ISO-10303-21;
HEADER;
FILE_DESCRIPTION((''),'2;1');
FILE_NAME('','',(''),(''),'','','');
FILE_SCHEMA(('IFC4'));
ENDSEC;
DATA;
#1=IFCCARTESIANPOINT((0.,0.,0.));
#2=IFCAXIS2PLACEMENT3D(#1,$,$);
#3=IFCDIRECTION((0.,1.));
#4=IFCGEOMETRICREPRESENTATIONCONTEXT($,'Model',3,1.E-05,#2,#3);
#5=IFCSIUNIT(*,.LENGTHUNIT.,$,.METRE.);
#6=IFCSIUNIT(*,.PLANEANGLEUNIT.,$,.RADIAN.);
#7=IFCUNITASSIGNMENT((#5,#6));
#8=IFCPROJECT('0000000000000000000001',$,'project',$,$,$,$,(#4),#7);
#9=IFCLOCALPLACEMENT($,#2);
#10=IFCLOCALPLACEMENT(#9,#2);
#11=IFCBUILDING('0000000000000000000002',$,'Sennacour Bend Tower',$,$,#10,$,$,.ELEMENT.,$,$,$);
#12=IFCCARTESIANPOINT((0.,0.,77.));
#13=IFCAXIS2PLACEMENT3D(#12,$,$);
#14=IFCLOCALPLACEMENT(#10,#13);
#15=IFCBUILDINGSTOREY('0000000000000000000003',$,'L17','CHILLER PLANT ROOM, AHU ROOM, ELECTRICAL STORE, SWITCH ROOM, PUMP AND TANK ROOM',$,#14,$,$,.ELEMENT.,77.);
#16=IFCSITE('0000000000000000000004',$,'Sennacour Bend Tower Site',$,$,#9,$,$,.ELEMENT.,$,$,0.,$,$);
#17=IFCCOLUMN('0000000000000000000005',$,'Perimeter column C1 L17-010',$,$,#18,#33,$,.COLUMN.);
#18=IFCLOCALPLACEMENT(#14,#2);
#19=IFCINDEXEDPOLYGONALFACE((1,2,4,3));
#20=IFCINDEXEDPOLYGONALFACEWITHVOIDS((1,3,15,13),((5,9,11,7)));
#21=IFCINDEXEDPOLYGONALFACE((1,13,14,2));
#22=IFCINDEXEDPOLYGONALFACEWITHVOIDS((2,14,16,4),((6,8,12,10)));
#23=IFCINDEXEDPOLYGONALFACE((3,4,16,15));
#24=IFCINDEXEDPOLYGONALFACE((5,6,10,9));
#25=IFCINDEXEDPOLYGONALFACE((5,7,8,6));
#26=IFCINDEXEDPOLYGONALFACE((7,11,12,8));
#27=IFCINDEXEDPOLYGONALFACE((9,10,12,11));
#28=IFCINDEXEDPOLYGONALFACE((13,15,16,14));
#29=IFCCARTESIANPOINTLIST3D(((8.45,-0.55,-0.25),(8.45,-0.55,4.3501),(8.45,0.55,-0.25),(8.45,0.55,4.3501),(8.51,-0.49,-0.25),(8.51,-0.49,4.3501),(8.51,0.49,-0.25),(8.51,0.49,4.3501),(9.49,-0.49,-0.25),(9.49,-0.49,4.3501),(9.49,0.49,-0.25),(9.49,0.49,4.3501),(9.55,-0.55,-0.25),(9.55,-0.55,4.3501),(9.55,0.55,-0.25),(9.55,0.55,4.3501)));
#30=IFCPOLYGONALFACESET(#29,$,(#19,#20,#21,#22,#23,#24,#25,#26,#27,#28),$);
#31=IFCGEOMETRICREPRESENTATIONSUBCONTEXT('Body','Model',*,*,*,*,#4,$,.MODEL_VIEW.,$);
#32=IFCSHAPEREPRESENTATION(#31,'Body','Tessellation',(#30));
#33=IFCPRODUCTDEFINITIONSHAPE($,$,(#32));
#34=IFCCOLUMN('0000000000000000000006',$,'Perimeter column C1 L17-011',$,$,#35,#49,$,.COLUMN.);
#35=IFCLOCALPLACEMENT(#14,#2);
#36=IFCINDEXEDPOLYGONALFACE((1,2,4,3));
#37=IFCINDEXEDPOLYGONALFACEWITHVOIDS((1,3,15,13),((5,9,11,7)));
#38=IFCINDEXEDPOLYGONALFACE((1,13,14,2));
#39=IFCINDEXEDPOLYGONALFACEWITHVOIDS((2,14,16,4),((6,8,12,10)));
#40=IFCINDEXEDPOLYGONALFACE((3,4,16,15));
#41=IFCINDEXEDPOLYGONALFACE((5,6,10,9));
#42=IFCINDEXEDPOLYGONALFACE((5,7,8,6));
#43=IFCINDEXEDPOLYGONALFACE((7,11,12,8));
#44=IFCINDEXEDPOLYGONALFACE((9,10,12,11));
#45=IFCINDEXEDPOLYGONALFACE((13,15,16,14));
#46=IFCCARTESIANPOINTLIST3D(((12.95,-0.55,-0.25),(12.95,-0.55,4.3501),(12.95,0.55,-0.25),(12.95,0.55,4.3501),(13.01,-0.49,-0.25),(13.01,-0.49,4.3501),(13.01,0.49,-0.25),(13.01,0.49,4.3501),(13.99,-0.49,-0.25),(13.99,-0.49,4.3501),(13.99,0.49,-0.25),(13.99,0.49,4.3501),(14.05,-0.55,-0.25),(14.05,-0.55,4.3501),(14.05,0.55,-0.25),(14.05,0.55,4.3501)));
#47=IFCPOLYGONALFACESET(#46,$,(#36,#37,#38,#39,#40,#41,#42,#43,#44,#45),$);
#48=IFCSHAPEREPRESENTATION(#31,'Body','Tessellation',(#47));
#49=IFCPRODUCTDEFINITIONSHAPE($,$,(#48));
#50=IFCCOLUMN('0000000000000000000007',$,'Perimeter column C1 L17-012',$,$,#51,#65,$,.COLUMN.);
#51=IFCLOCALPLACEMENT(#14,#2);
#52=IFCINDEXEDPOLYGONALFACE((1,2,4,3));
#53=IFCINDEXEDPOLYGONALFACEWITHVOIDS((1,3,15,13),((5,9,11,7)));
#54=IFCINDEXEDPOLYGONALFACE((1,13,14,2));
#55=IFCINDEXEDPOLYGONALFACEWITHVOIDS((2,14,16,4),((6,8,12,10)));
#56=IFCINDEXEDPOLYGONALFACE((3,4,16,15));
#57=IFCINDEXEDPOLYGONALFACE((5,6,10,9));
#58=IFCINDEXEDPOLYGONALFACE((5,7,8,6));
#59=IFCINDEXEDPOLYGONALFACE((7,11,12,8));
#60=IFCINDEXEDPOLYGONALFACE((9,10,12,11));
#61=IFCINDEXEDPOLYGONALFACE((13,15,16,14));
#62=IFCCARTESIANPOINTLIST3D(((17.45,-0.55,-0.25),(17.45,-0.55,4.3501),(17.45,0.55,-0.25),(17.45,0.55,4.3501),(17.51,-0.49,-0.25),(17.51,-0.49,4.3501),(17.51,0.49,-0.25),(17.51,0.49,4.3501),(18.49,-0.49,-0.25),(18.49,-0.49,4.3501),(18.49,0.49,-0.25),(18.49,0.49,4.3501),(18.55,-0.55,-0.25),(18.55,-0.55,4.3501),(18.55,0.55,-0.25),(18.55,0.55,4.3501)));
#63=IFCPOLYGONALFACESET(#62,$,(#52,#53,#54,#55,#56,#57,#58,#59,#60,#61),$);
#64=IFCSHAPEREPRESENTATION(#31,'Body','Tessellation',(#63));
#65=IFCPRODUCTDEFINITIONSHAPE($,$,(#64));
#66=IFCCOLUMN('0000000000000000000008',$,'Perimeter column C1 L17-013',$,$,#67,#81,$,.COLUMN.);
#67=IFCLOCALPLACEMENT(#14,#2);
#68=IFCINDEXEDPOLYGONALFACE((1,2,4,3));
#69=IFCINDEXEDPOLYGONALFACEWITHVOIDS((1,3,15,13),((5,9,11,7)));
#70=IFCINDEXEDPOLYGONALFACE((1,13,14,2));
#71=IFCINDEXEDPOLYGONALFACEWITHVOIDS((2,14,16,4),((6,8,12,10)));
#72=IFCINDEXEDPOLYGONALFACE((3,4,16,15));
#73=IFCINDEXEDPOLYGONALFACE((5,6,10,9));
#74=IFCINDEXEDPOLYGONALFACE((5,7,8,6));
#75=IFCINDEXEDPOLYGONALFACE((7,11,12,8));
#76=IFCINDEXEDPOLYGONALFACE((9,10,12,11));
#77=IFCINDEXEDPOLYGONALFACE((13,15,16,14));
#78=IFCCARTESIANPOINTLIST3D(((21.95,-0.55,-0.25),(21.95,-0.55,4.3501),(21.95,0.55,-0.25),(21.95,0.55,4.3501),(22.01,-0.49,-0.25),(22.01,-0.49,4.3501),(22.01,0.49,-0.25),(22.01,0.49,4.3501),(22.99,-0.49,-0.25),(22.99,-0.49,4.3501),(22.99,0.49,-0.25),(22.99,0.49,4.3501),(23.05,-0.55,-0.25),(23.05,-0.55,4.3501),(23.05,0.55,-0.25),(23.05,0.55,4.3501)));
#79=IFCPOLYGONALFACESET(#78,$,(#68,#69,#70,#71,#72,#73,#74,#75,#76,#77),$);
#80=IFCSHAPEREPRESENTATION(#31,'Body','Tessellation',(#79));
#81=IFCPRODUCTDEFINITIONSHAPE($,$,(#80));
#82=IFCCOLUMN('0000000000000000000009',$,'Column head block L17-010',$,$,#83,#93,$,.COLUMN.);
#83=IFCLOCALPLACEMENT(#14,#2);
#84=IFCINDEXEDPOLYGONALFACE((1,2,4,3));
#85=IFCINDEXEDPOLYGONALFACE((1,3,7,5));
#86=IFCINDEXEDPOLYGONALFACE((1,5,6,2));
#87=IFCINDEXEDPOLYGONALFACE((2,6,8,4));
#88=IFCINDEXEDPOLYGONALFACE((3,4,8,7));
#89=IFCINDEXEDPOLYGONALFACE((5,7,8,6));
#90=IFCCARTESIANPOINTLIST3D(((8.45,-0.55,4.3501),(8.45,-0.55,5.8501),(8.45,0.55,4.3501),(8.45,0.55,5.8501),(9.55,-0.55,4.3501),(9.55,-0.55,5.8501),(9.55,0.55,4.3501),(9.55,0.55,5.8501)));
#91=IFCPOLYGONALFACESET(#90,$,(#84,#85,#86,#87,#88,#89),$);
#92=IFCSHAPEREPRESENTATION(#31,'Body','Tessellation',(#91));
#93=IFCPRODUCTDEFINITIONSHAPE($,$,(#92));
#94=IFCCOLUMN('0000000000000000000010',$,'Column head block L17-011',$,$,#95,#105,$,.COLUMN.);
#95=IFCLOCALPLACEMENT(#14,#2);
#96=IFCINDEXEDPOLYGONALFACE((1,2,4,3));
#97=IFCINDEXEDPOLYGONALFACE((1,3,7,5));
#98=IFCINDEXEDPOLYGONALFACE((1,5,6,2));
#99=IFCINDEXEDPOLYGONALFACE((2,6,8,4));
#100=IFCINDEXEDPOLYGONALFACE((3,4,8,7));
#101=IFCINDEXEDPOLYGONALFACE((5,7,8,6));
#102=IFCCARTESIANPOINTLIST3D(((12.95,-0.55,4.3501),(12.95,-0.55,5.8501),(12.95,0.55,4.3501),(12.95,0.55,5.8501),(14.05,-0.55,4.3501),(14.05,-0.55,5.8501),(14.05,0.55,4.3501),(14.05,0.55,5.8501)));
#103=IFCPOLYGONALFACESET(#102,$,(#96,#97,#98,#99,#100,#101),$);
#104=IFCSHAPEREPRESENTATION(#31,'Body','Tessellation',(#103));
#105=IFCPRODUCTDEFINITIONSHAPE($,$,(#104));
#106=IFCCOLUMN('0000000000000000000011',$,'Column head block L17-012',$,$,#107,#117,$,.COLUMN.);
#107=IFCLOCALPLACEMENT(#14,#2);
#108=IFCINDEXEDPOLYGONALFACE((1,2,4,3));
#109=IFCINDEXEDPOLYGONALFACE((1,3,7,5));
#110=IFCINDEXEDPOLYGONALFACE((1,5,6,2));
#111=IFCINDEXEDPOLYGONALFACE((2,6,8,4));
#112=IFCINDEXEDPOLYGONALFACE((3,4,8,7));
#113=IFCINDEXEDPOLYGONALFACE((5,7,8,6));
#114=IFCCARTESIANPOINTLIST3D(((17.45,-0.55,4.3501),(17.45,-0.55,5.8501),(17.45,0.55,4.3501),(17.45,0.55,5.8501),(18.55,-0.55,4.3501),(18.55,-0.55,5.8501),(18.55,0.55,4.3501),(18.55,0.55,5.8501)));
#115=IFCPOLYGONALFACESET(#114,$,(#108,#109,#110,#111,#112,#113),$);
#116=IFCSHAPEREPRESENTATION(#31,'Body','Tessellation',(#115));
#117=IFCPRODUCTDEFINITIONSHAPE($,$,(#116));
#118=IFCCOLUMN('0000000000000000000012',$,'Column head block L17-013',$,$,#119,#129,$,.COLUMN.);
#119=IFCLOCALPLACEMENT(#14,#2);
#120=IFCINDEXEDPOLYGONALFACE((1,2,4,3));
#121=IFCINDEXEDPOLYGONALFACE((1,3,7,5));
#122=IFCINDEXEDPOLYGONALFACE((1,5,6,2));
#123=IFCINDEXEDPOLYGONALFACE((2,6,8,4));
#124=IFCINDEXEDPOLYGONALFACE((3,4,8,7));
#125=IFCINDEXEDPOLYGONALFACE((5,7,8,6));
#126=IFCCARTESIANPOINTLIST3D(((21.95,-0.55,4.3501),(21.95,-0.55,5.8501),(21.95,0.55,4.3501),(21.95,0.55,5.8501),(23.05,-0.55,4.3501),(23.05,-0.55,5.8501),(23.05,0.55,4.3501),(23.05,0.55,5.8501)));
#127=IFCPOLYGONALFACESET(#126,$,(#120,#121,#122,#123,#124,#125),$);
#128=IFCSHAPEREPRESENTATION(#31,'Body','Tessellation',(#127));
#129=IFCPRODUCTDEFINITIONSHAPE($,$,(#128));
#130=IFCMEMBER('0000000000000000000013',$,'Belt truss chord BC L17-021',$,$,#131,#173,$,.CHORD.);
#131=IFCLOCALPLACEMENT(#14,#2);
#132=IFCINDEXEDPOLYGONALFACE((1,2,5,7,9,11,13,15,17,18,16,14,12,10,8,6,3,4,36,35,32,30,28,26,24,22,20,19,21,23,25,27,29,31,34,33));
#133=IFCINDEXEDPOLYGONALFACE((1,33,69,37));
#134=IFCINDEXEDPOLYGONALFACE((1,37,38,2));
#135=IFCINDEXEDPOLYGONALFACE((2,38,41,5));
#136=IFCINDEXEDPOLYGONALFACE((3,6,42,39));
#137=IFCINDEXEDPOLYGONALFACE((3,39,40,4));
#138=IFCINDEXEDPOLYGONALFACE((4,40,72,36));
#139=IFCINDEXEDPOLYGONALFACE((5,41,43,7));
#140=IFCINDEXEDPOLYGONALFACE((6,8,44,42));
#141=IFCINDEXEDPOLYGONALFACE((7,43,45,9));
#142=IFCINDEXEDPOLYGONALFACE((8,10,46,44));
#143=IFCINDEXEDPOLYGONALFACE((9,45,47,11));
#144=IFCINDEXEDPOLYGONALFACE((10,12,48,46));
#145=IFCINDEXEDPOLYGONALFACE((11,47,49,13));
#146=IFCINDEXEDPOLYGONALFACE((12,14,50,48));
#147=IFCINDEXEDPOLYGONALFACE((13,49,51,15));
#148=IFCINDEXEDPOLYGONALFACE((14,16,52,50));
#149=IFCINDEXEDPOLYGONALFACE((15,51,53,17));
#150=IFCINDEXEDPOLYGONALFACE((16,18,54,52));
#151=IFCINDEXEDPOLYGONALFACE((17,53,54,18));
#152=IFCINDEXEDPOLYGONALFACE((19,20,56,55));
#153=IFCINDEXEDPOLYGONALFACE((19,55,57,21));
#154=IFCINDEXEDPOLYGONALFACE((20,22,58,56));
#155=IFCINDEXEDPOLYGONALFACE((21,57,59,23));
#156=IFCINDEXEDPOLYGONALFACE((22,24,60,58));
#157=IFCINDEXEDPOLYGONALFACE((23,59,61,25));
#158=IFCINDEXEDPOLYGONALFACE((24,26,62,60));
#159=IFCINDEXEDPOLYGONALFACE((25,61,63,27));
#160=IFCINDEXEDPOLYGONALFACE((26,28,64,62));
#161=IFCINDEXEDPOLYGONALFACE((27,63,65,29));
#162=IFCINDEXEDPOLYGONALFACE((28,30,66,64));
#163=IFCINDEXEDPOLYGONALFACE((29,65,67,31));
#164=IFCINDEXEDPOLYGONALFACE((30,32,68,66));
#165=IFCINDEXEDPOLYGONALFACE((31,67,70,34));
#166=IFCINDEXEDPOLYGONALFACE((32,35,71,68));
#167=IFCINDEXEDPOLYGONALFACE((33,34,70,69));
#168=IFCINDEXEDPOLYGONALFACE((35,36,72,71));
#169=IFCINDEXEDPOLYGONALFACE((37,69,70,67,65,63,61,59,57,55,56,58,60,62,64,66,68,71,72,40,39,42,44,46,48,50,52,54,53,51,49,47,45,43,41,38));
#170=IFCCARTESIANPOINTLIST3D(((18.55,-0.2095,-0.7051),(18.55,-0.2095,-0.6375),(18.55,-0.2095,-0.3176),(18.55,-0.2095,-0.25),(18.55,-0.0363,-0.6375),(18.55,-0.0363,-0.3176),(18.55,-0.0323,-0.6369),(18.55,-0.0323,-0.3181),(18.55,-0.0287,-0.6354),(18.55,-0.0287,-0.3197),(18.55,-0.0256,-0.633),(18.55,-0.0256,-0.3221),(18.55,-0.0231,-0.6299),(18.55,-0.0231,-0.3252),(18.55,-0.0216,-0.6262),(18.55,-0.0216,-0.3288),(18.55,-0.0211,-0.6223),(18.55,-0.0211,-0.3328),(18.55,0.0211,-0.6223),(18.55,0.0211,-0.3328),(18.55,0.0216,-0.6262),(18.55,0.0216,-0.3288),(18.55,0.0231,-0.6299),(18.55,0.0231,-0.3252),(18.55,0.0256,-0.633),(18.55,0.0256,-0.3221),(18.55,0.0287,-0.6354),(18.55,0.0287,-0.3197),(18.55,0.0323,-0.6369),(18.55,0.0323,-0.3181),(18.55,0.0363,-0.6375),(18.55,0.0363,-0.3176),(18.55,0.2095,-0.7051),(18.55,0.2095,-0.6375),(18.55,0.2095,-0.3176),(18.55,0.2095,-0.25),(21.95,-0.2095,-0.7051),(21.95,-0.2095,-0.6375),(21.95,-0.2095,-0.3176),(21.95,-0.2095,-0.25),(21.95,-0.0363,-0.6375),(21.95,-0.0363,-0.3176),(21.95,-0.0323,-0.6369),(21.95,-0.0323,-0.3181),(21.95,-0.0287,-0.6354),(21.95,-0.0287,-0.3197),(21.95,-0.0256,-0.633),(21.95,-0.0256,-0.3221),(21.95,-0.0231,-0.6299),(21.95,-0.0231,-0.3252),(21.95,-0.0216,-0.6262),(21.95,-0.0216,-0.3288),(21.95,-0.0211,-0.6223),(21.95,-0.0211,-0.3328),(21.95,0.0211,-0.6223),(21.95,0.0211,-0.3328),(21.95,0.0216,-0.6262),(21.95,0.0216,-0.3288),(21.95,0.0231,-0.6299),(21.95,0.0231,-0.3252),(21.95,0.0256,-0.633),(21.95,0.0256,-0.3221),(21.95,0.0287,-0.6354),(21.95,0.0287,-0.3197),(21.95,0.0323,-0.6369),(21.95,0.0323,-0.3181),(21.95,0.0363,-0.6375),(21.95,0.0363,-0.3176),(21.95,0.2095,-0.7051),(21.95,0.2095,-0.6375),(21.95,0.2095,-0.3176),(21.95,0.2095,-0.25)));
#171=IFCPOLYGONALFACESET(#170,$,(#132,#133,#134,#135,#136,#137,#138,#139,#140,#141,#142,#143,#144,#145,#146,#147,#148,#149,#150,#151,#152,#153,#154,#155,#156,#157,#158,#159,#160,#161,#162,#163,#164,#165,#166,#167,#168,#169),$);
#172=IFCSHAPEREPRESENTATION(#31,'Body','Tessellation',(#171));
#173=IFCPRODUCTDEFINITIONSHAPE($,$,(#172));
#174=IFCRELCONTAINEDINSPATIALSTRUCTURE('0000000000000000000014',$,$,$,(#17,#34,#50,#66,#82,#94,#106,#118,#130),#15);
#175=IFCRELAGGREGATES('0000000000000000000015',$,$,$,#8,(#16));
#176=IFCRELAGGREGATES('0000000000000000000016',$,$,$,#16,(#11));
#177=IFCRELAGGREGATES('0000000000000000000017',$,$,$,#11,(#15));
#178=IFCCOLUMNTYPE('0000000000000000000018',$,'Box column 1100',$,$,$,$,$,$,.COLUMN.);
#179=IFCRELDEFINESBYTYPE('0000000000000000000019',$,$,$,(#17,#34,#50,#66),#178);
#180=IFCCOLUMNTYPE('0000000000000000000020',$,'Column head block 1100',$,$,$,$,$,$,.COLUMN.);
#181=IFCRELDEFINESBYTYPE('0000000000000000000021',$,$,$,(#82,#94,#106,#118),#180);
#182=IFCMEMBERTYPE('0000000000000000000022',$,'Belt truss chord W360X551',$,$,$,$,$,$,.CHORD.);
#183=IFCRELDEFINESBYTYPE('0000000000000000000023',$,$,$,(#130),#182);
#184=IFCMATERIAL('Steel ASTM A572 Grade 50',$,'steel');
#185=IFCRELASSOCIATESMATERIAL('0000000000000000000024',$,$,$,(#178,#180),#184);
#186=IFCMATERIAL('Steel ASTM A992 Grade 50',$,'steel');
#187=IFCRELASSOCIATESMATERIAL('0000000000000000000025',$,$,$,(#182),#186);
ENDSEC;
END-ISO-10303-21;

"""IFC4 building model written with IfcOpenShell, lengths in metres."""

from ifc_helpers import new_model, si_unit, direction, frame, origin, origin_2d, place, context, subcontext, project, spatial, rectangle, hollow_rectangle, i_section, extrude, material, material_profile, profile_set, type_object, element, save


model = new_model("IFC4")

# Units and contexts
model_context = context("Model", 3, precision=1e-05, world=origin(), true_north=direction((0.0, 1.0)))
body_context = subcontext(model_context, "Body", "Model", "MODEL_VIEW")
ifc_project = project(units=[si_unit("LENGTHUNIT", "METRE"), si_unit("PLANEANGLEUNIT", "RADIAN")], contexts=[model_context])

# Site, building, storey
site_placement = place(None, origin())
site = spatial("IfcSite", under=ifc_project, at=site_placement, Name="Sennacour Bend Tower Site", CompositionType="ELEMENT", RefElevation=0.0)
building_placement = place(site_placement, origin())
building = spatial("IfcBuilding", under=site, at=building_placement, Name="Sennacour Bend Tower", CompositionType="ELEMENT")
storey_placement = place(building_placement, frame((0.0, 0.0, 77.0)))
storey = spatial("IfcBuildingStorey", under=building, at=storey_placement, Name="L17", Description="CHILLER PLANT ROOM, AHU ROOM, ELECTRICAL STORE, SWITCH ROOM, PUMP AND TANK ROOM", CompositionType="ELEMENT", Elevation=77.0)

# Columns
ifc_material_1 = material(Name="Steel ASTM A572 Grade 50", Category="steel")
ifc_material_profile_1 = material_profile(ifc_material_1, hollow_rectangle(XDim=1.1001, YDim=1.1001, WallThickness=0.0601, at=origin_2d()), Name="Steel ASTM A572 Grade 50", Category="steel")
ifc_profile_set_1 = profile_set([ifc_material_profile_1], Name="Steel ASTM A572 Grade 50")
column_type_1 = type_object("IfcColumnType", Name="Box column 1100", PredefinedType="COLUMN", material=ifc_profile_set_1)
for number, where, z_axis, x_axis, name in (
    (1, (9.0, 0.0, -0.25), (0.0, 0.0, 1.0), (1.0, 0.0, 0.0), "Perimeter column C1 L17-010"),
    (2, (13.5, 0.0, -0.25), (0.0, 0.0, 1.0), (1.0, 0.0, 0.0), "Perimeter column C1 L17-011"),
    (3, (18.0, 0.0, -0.25), (0.0, 0.0, 1.0), (1.0, 0.0, 0.0), "Perimeter column C1 L17-012"),
    (4, (22.5, 0.0, -0.25), (0.0, 0.0, 1.0), (1.0, 0.0, 0.0), "Perimeter column C1 L17-013"),
):
    element("IfcColumn", number, at=place(storey_placement, frame(where, z_axis=z_axis, x_axis=x_axis)), inside=storey, type_object=column_type_1, Name=name, PredefinedType="COLUMN", context=body_context, shape_type="SweptSolid", body=[
        extrude(hollow_rectangle(XDim=1.1001, YDim=1.1001, WallThickness=0.0601, at=origin_2d()), origin(), (0.0, 0.0, 1.0), 4.6001),
    ])
ifc_material_profile_2 = material_profile(ifc_material_1, rectangle(XDim=1.1001, YDim=1.1001, at=origin_2d()), Name="Steel ASTM A572 Grade 50", Category="steel")
ifc_profile_set_2 = profile_set([ifc_material_profile_2], Name="Steel ASTM A572 Grade 50")
column_type_2 = type_object("IfcColumnType", Name="Column head block 1100", PredefinedType="COLUMN", material=ifc_profile_set_2)
for number, where, z_axis, x_axis, name in (
    (5, (9.0, 0.0, 4.3501), (0.0, 0.0, 1.0), (1.0, 0.0, 0.0), "Column head block L17-010"),
    (6, (13.5, 0.0, 4.3501), (0.0, 0.0, 1.0), (1.0, 0.0, 0.0), "Column head block L17-011"),
    (7, (18.0, 0.0, 4.3501), (0.0, 0.0, 1.0), (1.0, 0.0, 0.0), "Column head block L17-012"),
    (8, (22.5, 0.0, 4.3501), (0.0, 0.0, 1.0), (1.0, 0.0, 0.0), "Column head block L17-013"),
):
    element("IfcColumn", number, at=place(storey_placement, frame(where, z_axis=z_axis, x_axis=x_axis)), inside=storey, type_object=column_type_2, Name=name, PredefinedType="COLUMN", context=body_context, shape_type="SweptSolid", body=[
        extrude(rectangle(XDim=1.1001, YDim=1.1001, at=origin_2d()), origin(), (0.0, 0.0, 1.0), 1.5),
    ])

# Member
ifc_material_2 = material(Name="Steel ASTM A992 Grade 50", Category="steel")
ifc_material_profile_3 = material_profile(ifc_material_2, i_section(OverallWidth=0.4189, OverallDepth=0.4551, WebThickness=0.0422, FlangeThickness=0.0676, FilletRadius=0.0151, at=origin_2d()), Name="Steel ASTM A992 Grade 50", Category="steel")
ifc_profile_set_3 = profile_set([ifc_material_profile_3], Name="Steel ASTM A992 Grade 50")
member_type_1 = type_object("IfcMemberType", Name="Belt truss chord W360X551", PredefinedType="CHORD", material=ifc_profile_set_3)
for number, where, z_axis, x_axis, name in (
    (9, (21.95, 0.0, -0.4775), (-1.0, 0.0, 0.0), (0.0, -1.0, 0.0), "Belt truss chord BC L17-021"),
):
    element("IfcMember", number, at=place(storey_placement, frame(where, z_axis=z_axis, x_axis=x_axis)), inside=storey, type_object=member_type_1, Name=name, PredefinedType="CHORD", context=body_context, shape_type="SweptSolid", body=[
        extrude(i_section(OverallWidth=0.4189, OverallDepth=0.4551, WebThickness=0.0422, FlangeThickness=0.0676, FilletRadius=0.0151, at=origin_2d()), origin(), (0.0, 0.0, 1.0), 3.3999),
    ])

save(model, "model.ifc")
